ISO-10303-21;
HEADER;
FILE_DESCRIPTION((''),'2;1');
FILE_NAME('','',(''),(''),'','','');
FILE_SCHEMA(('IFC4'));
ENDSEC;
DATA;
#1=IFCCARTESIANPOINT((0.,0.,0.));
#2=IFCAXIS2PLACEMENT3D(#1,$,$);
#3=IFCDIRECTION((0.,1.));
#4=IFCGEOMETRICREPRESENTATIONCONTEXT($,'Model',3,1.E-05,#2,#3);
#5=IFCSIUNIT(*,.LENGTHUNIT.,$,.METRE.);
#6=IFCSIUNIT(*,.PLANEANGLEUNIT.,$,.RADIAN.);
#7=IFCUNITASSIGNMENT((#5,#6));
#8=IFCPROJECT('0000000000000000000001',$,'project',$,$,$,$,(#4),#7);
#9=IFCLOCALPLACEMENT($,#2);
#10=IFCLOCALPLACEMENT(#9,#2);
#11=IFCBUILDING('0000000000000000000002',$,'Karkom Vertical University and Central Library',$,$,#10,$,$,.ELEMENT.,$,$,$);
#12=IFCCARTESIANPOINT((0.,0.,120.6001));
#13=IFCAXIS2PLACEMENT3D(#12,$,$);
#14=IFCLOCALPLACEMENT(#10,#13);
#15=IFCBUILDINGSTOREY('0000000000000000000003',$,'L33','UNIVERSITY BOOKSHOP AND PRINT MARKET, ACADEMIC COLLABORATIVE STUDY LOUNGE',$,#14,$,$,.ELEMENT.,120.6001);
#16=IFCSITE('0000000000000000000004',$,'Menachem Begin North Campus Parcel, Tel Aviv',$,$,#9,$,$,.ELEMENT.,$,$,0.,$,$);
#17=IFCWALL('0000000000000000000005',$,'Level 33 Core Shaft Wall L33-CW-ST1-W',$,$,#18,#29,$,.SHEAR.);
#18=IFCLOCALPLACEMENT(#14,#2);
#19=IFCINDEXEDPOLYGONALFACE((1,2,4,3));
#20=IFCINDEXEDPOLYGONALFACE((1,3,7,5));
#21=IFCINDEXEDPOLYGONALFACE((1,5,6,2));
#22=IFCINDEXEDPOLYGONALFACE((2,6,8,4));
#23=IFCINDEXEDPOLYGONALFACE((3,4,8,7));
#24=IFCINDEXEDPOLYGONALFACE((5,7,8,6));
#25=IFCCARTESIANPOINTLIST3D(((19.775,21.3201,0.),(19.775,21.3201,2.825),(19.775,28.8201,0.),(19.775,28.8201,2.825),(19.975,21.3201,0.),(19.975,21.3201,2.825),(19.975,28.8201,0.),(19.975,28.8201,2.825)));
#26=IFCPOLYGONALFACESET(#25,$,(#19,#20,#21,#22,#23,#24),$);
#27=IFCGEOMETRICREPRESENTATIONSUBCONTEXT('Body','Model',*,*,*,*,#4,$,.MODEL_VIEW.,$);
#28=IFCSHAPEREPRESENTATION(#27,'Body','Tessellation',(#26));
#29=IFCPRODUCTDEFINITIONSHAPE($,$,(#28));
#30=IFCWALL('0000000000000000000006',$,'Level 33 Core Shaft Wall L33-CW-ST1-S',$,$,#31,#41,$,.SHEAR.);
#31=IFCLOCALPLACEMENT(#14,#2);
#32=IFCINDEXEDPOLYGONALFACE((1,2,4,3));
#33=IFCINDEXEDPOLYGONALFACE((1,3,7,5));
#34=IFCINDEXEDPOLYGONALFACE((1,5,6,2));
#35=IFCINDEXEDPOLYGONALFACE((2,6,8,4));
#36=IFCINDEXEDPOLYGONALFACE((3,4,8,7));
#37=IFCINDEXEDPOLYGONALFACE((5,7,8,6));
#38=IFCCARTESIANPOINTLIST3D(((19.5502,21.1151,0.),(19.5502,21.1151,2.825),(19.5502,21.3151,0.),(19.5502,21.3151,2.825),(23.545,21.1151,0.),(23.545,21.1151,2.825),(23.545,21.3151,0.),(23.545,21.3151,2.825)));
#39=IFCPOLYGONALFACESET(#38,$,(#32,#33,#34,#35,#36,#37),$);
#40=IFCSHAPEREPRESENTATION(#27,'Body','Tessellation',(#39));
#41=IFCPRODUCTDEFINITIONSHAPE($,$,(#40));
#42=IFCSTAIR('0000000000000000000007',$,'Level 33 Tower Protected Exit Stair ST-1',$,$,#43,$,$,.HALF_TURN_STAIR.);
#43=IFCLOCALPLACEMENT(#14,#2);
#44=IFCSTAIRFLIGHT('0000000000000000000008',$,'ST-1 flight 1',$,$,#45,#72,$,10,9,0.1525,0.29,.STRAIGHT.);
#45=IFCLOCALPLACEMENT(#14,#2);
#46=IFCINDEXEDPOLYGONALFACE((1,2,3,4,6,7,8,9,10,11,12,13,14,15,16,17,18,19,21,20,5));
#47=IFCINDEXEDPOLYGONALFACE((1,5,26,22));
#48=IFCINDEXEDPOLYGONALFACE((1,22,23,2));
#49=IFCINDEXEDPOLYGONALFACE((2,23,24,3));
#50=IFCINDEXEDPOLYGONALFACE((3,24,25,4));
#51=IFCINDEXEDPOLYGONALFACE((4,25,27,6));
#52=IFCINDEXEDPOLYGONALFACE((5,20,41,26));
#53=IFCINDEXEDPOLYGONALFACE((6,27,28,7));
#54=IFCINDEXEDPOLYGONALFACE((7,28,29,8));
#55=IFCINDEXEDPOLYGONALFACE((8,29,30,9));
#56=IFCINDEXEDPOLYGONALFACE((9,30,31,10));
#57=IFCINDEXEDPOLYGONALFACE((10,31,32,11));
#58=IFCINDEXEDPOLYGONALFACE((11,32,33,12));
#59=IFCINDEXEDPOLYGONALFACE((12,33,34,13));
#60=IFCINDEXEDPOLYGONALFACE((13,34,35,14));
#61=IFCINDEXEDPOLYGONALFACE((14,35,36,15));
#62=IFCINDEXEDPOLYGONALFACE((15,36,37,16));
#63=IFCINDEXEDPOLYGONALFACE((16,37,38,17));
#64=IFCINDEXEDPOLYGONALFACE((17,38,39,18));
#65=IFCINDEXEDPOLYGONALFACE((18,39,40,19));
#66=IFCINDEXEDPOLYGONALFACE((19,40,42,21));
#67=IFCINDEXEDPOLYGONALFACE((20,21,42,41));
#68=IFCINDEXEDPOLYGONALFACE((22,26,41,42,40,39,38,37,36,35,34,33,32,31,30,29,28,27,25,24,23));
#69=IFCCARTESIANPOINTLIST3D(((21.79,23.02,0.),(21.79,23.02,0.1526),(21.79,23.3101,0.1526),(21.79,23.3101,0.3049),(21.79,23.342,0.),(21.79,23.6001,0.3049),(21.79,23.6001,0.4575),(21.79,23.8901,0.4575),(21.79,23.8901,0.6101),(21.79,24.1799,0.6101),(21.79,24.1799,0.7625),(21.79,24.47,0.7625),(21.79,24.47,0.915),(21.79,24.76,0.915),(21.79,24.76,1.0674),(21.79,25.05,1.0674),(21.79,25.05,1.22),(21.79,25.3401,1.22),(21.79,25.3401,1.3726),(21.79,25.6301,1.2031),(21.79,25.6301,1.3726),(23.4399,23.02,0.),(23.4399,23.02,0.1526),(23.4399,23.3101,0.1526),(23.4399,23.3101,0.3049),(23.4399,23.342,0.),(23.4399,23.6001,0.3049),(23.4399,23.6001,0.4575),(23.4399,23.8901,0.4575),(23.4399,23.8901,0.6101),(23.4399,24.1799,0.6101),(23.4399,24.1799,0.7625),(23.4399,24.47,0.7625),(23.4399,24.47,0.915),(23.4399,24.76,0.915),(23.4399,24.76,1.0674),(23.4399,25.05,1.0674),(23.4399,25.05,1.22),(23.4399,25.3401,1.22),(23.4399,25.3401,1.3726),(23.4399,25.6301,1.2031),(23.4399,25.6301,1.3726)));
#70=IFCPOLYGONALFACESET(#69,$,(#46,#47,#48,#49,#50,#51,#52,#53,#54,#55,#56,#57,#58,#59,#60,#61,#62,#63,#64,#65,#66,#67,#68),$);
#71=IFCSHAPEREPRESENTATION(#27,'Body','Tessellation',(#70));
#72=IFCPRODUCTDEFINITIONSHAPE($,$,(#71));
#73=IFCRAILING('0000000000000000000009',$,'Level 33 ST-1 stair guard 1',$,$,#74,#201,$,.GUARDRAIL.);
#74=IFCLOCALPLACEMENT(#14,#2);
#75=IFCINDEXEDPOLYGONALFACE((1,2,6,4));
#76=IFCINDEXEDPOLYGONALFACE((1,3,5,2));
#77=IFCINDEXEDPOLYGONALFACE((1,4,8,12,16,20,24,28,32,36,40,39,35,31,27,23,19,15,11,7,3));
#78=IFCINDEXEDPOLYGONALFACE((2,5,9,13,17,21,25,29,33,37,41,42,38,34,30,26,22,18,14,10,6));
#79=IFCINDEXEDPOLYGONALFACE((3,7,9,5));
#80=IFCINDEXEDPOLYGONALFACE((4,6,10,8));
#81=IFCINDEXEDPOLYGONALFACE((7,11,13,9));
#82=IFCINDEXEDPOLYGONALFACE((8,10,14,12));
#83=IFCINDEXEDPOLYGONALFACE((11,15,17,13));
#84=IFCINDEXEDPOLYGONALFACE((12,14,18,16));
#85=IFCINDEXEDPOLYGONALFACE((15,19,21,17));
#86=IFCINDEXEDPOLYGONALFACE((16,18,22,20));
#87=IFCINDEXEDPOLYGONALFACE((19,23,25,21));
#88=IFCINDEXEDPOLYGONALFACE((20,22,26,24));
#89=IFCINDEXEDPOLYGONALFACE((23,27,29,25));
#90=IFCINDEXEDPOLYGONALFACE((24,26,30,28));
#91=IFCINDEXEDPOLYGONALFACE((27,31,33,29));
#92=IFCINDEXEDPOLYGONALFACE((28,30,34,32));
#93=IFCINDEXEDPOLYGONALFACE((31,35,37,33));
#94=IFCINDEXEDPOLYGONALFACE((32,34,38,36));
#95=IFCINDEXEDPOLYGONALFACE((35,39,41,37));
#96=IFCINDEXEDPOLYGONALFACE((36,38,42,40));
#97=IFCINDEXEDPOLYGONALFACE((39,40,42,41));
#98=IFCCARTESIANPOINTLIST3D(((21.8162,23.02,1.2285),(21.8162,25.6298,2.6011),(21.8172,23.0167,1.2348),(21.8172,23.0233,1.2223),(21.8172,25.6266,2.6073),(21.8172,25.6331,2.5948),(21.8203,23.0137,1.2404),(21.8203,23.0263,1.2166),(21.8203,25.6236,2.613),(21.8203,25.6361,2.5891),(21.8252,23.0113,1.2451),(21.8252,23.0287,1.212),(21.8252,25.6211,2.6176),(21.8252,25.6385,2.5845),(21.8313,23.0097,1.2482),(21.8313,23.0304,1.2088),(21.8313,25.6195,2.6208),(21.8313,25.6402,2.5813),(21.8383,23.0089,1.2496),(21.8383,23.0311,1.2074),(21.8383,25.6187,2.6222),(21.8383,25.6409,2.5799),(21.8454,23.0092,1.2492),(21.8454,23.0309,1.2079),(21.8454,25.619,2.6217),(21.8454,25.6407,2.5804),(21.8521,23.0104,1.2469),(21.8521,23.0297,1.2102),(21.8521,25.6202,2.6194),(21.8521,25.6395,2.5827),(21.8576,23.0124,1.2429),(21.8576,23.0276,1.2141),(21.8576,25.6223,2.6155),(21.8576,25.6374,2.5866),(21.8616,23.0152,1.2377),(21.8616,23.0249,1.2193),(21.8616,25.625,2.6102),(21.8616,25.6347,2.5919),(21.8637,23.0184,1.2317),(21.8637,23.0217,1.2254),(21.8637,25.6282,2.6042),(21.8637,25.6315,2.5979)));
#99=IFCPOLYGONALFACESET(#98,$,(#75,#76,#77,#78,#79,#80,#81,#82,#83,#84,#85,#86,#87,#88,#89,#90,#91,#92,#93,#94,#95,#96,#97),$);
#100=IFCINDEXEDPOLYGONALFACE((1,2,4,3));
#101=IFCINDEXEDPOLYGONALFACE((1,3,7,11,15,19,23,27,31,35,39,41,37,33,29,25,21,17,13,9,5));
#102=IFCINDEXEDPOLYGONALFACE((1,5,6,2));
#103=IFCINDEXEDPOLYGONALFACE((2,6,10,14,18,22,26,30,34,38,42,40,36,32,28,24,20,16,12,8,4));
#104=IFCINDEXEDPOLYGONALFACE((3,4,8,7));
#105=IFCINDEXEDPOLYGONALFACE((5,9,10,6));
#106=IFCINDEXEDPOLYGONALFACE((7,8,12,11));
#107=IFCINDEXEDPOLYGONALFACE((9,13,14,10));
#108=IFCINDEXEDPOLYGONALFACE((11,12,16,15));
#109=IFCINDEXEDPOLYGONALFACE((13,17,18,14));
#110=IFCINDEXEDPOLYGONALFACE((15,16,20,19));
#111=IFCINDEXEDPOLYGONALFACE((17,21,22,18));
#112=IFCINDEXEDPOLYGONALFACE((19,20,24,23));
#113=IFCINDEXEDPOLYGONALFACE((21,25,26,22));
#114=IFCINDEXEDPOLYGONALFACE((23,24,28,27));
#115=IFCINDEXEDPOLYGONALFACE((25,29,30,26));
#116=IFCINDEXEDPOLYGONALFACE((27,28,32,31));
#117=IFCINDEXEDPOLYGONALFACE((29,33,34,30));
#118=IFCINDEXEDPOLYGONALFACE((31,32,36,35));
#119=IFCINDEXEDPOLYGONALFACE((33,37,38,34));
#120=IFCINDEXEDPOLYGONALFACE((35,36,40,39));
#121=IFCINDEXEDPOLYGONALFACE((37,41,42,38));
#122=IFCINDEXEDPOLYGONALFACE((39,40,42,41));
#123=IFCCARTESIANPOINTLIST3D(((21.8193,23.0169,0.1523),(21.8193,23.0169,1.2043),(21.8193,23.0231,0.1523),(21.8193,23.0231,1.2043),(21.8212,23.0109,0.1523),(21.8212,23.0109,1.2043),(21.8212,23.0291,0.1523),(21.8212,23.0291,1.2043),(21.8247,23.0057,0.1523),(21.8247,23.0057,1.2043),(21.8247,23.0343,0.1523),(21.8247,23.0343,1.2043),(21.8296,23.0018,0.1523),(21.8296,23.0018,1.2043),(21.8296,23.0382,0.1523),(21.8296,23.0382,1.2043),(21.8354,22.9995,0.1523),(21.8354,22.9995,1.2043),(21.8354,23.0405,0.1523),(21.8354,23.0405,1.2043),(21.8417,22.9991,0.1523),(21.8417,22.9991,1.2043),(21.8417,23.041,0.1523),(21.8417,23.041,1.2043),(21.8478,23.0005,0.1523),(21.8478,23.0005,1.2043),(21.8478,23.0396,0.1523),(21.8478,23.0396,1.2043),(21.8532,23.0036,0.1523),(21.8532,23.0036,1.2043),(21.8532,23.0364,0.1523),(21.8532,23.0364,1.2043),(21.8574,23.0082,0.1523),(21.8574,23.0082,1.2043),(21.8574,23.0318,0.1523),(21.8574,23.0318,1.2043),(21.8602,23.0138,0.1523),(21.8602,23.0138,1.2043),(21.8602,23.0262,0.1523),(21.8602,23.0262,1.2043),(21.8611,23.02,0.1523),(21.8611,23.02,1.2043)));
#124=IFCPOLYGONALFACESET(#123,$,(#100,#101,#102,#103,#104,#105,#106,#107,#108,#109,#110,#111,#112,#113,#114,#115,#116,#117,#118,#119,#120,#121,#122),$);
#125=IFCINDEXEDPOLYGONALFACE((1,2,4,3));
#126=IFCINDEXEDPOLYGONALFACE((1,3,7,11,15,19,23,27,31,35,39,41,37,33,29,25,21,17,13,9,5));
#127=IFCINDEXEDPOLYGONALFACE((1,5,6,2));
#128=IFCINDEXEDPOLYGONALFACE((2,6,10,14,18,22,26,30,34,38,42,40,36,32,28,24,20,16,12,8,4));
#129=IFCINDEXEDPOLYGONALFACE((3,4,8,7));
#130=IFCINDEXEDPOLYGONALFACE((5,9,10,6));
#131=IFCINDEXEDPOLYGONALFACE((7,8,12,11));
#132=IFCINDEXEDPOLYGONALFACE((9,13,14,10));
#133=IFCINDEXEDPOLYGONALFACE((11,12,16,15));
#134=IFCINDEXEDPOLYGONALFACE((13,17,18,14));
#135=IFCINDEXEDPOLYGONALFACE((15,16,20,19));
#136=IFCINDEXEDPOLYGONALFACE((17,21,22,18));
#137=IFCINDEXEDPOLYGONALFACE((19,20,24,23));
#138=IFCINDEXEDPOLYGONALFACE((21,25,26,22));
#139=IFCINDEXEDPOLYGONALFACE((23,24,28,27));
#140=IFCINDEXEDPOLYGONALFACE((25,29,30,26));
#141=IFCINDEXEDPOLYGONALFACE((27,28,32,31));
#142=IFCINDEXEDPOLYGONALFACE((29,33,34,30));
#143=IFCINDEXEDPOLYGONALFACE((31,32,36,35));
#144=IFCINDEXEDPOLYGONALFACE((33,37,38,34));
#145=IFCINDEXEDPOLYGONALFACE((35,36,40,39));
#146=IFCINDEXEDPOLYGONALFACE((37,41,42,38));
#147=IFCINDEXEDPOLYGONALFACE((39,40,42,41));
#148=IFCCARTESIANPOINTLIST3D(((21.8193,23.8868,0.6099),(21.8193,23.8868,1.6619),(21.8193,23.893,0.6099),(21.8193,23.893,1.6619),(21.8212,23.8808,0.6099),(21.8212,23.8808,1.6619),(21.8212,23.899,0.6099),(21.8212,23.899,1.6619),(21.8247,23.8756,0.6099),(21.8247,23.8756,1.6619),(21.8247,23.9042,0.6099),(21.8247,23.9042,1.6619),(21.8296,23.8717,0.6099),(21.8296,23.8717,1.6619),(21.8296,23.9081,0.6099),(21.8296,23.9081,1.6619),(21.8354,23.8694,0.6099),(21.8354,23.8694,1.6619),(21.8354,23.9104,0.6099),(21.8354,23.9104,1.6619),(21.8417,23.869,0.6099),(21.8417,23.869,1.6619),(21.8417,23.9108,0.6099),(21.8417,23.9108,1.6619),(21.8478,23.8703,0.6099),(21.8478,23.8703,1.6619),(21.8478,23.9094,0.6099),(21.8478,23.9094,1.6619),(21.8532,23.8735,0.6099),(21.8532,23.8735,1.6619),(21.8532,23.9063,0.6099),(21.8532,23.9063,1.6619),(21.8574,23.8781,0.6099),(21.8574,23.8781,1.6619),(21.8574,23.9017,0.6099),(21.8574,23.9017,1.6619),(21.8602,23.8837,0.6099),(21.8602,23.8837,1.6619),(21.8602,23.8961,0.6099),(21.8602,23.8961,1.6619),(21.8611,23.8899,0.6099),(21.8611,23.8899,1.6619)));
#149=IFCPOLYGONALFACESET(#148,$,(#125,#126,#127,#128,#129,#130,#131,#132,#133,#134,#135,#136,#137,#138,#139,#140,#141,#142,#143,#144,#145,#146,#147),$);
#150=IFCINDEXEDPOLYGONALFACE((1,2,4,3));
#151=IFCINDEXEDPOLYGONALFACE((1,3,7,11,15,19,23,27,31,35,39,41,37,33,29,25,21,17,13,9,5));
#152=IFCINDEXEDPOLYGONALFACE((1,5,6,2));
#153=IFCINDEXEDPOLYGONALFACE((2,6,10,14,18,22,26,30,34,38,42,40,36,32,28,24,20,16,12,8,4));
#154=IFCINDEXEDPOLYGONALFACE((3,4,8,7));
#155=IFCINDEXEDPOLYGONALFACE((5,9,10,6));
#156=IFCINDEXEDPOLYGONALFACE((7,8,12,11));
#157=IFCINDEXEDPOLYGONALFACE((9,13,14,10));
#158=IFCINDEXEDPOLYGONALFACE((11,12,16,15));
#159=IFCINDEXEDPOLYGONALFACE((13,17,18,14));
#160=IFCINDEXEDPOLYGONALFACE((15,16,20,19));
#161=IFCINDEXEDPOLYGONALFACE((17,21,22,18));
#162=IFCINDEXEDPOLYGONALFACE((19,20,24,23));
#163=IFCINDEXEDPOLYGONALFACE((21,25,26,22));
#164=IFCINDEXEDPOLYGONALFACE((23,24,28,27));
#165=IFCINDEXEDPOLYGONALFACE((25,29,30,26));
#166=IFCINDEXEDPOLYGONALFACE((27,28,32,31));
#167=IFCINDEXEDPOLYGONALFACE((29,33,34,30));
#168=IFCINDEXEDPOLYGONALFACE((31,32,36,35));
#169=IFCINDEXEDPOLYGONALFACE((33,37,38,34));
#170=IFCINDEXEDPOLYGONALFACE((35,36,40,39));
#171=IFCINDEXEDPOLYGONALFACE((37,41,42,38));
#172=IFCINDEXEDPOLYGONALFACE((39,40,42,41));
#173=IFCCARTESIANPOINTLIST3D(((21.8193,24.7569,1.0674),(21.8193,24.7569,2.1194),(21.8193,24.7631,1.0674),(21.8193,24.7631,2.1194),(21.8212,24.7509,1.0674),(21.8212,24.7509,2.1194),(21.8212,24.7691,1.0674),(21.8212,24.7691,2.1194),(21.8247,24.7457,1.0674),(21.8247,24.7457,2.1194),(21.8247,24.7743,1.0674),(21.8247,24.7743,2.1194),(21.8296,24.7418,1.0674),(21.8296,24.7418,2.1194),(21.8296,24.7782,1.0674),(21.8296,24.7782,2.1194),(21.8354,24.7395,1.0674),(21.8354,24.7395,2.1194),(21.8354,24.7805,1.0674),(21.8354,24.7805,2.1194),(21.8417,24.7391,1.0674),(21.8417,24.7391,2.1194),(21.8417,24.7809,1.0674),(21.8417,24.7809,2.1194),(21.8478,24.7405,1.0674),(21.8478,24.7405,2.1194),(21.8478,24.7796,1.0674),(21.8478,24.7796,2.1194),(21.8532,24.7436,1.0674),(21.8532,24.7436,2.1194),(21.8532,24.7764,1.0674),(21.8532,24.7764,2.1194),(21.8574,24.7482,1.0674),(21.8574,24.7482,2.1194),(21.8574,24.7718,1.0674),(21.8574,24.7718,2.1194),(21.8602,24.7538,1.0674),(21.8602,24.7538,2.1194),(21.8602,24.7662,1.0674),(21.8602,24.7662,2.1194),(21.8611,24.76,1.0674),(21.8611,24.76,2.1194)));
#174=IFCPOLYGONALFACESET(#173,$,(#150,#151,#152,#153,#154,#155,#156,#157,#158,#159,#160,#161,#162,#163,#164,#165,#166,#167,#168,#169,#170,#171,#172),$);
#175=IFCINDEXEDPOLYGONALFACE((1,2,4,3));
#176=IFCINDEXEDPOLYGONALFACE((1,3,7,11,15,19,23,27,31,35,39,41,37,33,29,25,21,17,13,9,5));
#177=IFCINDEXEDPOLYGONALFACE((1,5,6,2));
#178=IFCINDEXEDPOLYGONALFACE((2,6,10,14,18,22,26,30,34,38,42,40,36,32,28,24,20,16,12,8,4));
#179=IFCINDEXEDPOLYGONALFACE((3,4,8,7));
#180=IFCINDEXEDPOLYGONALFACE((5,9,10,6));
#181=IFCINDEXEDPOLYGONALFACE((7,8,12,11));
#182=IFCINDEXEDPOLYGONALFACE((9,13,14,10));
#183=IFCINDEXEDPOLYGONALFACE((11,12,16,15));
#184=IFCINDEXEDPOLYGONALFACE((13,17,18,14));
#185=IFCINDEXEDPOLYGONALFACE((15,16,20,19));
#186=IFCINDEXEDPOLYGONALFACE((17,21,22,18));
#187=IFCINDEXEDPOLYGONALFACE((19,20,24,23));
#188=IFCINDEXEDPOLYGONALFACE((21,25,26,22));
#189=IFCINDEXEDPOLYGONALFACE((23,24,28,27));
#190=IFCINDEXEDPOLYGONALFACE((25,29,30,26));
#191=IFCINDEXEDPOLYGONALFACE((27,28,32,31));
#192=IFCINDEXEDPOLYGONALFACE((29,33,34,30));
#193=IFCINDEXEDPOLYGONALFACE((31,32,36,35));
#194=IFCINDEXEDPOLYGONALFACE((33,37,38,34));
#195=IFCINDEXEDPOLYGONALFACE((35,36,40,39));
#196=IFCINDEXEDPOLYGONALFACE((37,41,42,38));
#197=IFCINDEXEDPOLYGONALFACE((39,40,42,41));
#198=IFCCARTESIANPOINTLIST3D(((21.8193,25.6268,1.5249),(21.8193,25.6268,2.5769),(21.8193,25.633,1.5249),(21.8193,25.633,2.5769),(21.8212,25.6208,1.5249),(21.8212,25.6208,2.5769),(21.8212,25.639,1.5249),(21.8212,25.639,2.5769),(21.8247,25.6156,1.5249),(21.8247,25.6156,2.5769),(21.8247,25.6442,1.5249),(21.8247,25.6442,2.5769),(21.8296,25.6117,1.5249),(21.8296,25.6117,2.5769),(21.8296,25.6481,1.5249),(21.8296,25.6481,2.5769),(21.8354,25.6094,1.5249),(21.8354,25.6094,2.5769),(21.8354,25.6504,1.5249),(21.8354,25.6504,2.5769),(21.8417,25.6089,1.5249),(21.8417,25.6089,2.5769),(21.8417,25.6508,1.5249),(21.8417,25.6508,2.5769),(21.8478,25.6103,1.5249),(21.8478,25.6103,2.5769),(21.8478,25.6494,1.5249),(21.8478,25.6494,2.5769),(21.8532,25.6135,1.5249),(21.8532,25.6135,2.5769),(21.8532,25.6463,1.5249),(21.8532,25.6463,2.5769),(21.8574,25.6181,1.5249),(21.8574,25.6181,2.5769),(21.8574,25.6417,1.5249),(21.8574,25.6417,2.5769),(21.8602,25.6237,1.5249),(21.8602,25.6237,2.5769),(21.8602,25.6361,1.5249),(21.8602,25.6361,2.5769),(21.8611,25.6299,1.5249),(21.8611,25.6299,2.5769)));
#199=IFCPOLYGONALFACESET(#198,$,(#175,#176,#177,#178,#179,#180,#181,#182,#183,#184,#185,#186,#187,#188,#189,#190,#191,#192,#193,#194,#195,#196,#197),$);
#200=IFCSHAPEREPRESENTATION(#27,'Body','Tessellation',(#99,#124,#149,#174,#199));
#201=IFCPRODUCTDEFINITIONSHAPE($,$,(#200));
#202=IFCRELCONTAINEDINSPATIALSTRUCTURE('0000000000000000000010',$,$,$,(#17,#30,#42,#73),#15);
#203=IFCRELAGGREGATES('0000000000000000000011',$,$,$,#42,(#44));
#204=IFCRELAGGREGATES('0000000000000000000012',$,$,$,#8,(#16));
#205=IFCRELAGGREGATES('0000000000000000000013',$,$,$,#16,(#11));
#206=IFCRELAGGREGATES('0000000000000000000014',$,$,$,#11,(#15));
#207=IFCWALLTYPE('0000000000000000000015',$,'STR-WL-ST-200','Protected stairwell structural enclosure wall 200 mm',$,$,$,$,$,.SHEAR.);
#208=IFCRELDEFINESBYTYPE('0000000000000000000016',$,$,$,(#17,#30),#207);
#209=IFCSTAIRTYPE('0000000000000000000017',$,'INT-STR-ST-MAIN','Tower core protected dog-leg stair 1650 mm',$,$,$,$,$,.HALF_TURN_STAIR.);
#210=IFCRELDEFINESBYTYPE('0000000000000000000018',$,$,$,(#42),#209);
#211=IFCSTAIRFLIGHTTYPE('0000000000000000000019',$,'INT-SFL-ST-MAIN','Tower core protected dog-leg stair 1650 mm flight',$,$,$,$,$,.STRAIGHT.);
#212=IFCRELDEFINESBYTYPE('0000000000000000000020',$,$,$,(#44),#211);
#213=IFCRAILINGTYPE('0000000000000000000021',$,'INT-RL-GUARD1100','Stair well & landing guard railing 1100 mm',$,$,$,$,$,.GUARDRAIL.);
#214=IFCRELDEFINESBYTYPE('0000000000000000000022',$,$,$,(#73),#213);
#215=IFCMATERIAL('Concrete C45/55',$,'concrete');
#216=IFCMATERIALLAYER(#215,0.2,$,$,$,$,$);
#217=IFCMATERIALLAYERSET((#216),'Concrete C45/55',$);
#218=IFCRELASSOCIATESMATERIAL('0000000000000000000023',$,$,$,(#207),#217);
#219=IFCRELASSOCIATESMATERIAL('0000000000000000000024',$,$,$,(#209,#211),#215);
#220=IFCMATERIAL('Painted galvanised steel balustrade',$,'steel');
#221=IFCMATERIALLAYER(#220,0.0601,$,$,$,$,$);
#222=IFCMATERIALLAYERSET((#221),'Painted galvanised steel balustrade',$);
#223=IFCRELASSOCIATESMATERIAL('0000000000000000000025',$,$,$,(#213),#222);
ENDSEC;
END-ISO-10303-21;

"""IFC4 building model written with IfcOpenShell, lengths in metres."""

from ifc_helpers import new_model, si_unit, direction, frame, frame_2d, origin, origin_2d, place, context, subcontext, project, spatial, polyline, rectangle, circle, outline, extrude, material, layer, layer_set, type_object, element, aggregate, save


model = new_model("IFC4")

# Units and contexts
model_context = context("Model", 3, precision=1e-05, world=origin(), true_north=direction((0.0, 1.0)))
body_context = subcontext(model_context, "Body", "Model", "MODEL_VIEW")
ifc_project = project(units=[si_unit("LENGTHUNIT", "METRE"), si_unit("PLANEANGLEUNIT", "RADIAN")], contexts=[model_context])

# Site, building, storey
site_placement = place(None, origin())
site = spatial("IfcSite", under=ifc_project, at=site_placement, Name="Menachem Begin North Campus Parcel, Tel Aviv", CompositionType="ELEMENT", RefElevation=0.0)
building_placement = place(site_placement, origin())
building = spatial("IfcBuilding", under=site, at=building_placement, Name="Karkom Vertical University and Central Library", CompositionType="ELEMENT")
storey_placement = place(building_placement, frame((0.0, 0.0, 120.6001)))
storey = spatial("IfcBuildingStorey", under=building, at=storey_placement, Name="L33", Description="UNIVERSITY BOOKSHOP AND PRINT MARKET, ACADEMIC COLLABORATIVE STUDY LOUNGE", CompositionType="ELEMENT", Elevation=120.6001)

# Shared definitions
ifc_material_1 = material(Name="Concrete C45/55", Category="concrete")
ifc_layer_1 = layer(ifc_material_1, 0.2)
ifc_layer_set_1 = layer_set([ifc_layer_1], Name="Concrete C45/55")
wall_type_1 = type_object("IfcWallType", Name="STR-WL-ST-200", Description="Protected stairwell structural enclosure wall 200 mm", PredefinedType="SHEAR", material=ifc_layer_set_1)

# Walls
wall_1_placement = place(storey_placement, frame((19.875, 21.3201, 0.0), z_axis=(0.0, 0.0, 1.0), x_axis=(0.0, 1.0, 0.0)))
element("IfcWall", 1, at=wall_1_placement, inside=storey, type_object=wall_type_1, Name="Level 33 Core Shaft Wall L33-CW-ST1-W", PredefinedType="SHEAR", context=body_context, shape_type="SweptSolid", body=[
    extrude(rectangle(XDim=7.5, YDim=0.2, at=frame_2d((3.75, 0.0))), origin(), (0.0, 0.0, 1.0), 2.825),
])
wall_2_placement = place(storey_placement, frame((19.55, 21.2151, 0.0), z_axis=(0.0, 0.0, 1.0), x_axis=(1.0, 0.0, 0.0)))
element("IfcWall", 2, at=wall_2_placement, inside=storey, type_object=wall_type_1, Name="Level 33 Core Shaft Wall L33-CW-ST1-S", PredefinedType="SHEAR", context=body_context, shape_type="SweptSolid", body=[
    extrude(rectangle(XDim=3.9949, YDim=0.2, at=frame_2d((1.9976, 0.0))), origin(), (0.0, 0.0, 1.0), 2.825),
])

# Stair, stair flight
stair_type = type_object("IfcStairType", Name="INT-STR-ST-MAIN", Description="Tower core protected dog-leg stair 1650 mm", PredefinedType="HALF_TURN_STAIR", material=ifc_material_1)
stair_placement = place(storey_placement, origin())
stair = element("IfcStair", 3, at=stair_placement, inside=storey, type_object=stair_type, Name="Level 33 Tower Protected Exit Stair ST-1", PredefinedType="HALF_TURN_STAIR")
stair_flight_type = type_object("IfcStairFlightType", Name="INT-SFL-ST-MAIN", Description="Tower core protected dog-leg stair 1650 mm flight", PredefinedType="STRAIGHT", material=ifc_material_1)
stair_flight_placement = place(storey_placement, frame((22.615, 23.02, 0.0), z_axis=(0.0, 0.0, 1.0), x_axis=(0.0, 1.0, 0.0)))
stair_flight = element("IfcStairFlight", 4, at=stair_flight_placement, type_object=stair_flight_type, Name="ST-1 flight 1", NumberOfRisers=10, NumberOfTreads=9, PredefinedType="STRAIGHT", RiserHeight=0.1525, TreadLength=0.29, context=body_context, shape_type="SweptSolid", body=[
    extrude(outline(polyline([(0.0, 0.0), (0.0, 0.1526), (0.29, 0.1526), (0.29, 0.3049), (0.5801, 0.3049), (0.5801, 0.4575), (0.8701, 0.4575), (0.8701, 0.6101), (1.1599, 0.6101), (1.1599, 0.7625), (1.45, 0.7625), (1.45, 0.915), (1.74, 0.915), (1.74, 1.0674), (2.03, 1.0674), (2.03, 1.22), (2.3201, 1.22), (2.3201, 1.3726), (2.6101, 1.3726), (2.6101, 1.5249), (2.6101, 1.2031), (0.322, 0.0), (0.0, 0.0)])), frame((0.0, 0.825, 0.0), z_axis=(0.0, -1.0, 0.0), x_axis=(1.0, 0.0, 0.0)), (0.0, 0.0, 1.0), 1.6499),
])
aggregate(stair, [stair_flight])

# Railing
ifc_material_2 = material(Name="Painted galvanised steel balustrade", Category="steel")
ifc_layer_2 = layer(ifc_material_2, 0.0601)
ifc_layer_set_2 = layer_set([ifc_layer_2], Name="Painted galvanised steel balustrade")
railing_type_1 = type_object("IfcRailingType", Name="INT-RL-GUARD1100", Description="Stair well & landing guard railing 1100 mm", PredefinedType="GUARDRAIL", material=ifc_layer_set_2)
railing_1_placement = place(storey_placement, frame((21.8401, 23.02, 0.1523)))
element("IfcRailing", 5, at=railing_1_placement, inside=storey, type_object=railing_type_1, Name="Level 33 ST-1 stair guard 1", PredefinedType="GUARDRAIL", context=body_context, shape_type="SweptSolid", body=[
    extrude(circle(Radius=0.0239, at=origin_2d()), frame((0.0, 0.0, 1.0762), z_axis=(0.0, 0.885065, 0.465467), x_axis=(-1.0, 0.0, 0.0)), (0.0, 0.0, 1.0), 2.9487),
    extrude(circle(Radius=0.021, at=origin_2d()), origin(), (0.0, 0.0, 1.0), 1.052),
    extrude(circle(Radius=0.021, at=origin_2d()), frame((0.0, 0.8699, 0.4575)), (0.0, 0.0, 1.0), 1.052),
    extrude(circle(Radius=0.021, at=origin_2d()), frame((0.0, 1.74, 0.915)), (0.0, 0.0, 1.0), 1.052),
    extrude(circle(Radius=0.021, at=origin_2d()), frame((0.0, 2.6099, 1.3726)), (0.0, 0.0, 1.0), 1.052),
])

save(model, "model.ifc")
